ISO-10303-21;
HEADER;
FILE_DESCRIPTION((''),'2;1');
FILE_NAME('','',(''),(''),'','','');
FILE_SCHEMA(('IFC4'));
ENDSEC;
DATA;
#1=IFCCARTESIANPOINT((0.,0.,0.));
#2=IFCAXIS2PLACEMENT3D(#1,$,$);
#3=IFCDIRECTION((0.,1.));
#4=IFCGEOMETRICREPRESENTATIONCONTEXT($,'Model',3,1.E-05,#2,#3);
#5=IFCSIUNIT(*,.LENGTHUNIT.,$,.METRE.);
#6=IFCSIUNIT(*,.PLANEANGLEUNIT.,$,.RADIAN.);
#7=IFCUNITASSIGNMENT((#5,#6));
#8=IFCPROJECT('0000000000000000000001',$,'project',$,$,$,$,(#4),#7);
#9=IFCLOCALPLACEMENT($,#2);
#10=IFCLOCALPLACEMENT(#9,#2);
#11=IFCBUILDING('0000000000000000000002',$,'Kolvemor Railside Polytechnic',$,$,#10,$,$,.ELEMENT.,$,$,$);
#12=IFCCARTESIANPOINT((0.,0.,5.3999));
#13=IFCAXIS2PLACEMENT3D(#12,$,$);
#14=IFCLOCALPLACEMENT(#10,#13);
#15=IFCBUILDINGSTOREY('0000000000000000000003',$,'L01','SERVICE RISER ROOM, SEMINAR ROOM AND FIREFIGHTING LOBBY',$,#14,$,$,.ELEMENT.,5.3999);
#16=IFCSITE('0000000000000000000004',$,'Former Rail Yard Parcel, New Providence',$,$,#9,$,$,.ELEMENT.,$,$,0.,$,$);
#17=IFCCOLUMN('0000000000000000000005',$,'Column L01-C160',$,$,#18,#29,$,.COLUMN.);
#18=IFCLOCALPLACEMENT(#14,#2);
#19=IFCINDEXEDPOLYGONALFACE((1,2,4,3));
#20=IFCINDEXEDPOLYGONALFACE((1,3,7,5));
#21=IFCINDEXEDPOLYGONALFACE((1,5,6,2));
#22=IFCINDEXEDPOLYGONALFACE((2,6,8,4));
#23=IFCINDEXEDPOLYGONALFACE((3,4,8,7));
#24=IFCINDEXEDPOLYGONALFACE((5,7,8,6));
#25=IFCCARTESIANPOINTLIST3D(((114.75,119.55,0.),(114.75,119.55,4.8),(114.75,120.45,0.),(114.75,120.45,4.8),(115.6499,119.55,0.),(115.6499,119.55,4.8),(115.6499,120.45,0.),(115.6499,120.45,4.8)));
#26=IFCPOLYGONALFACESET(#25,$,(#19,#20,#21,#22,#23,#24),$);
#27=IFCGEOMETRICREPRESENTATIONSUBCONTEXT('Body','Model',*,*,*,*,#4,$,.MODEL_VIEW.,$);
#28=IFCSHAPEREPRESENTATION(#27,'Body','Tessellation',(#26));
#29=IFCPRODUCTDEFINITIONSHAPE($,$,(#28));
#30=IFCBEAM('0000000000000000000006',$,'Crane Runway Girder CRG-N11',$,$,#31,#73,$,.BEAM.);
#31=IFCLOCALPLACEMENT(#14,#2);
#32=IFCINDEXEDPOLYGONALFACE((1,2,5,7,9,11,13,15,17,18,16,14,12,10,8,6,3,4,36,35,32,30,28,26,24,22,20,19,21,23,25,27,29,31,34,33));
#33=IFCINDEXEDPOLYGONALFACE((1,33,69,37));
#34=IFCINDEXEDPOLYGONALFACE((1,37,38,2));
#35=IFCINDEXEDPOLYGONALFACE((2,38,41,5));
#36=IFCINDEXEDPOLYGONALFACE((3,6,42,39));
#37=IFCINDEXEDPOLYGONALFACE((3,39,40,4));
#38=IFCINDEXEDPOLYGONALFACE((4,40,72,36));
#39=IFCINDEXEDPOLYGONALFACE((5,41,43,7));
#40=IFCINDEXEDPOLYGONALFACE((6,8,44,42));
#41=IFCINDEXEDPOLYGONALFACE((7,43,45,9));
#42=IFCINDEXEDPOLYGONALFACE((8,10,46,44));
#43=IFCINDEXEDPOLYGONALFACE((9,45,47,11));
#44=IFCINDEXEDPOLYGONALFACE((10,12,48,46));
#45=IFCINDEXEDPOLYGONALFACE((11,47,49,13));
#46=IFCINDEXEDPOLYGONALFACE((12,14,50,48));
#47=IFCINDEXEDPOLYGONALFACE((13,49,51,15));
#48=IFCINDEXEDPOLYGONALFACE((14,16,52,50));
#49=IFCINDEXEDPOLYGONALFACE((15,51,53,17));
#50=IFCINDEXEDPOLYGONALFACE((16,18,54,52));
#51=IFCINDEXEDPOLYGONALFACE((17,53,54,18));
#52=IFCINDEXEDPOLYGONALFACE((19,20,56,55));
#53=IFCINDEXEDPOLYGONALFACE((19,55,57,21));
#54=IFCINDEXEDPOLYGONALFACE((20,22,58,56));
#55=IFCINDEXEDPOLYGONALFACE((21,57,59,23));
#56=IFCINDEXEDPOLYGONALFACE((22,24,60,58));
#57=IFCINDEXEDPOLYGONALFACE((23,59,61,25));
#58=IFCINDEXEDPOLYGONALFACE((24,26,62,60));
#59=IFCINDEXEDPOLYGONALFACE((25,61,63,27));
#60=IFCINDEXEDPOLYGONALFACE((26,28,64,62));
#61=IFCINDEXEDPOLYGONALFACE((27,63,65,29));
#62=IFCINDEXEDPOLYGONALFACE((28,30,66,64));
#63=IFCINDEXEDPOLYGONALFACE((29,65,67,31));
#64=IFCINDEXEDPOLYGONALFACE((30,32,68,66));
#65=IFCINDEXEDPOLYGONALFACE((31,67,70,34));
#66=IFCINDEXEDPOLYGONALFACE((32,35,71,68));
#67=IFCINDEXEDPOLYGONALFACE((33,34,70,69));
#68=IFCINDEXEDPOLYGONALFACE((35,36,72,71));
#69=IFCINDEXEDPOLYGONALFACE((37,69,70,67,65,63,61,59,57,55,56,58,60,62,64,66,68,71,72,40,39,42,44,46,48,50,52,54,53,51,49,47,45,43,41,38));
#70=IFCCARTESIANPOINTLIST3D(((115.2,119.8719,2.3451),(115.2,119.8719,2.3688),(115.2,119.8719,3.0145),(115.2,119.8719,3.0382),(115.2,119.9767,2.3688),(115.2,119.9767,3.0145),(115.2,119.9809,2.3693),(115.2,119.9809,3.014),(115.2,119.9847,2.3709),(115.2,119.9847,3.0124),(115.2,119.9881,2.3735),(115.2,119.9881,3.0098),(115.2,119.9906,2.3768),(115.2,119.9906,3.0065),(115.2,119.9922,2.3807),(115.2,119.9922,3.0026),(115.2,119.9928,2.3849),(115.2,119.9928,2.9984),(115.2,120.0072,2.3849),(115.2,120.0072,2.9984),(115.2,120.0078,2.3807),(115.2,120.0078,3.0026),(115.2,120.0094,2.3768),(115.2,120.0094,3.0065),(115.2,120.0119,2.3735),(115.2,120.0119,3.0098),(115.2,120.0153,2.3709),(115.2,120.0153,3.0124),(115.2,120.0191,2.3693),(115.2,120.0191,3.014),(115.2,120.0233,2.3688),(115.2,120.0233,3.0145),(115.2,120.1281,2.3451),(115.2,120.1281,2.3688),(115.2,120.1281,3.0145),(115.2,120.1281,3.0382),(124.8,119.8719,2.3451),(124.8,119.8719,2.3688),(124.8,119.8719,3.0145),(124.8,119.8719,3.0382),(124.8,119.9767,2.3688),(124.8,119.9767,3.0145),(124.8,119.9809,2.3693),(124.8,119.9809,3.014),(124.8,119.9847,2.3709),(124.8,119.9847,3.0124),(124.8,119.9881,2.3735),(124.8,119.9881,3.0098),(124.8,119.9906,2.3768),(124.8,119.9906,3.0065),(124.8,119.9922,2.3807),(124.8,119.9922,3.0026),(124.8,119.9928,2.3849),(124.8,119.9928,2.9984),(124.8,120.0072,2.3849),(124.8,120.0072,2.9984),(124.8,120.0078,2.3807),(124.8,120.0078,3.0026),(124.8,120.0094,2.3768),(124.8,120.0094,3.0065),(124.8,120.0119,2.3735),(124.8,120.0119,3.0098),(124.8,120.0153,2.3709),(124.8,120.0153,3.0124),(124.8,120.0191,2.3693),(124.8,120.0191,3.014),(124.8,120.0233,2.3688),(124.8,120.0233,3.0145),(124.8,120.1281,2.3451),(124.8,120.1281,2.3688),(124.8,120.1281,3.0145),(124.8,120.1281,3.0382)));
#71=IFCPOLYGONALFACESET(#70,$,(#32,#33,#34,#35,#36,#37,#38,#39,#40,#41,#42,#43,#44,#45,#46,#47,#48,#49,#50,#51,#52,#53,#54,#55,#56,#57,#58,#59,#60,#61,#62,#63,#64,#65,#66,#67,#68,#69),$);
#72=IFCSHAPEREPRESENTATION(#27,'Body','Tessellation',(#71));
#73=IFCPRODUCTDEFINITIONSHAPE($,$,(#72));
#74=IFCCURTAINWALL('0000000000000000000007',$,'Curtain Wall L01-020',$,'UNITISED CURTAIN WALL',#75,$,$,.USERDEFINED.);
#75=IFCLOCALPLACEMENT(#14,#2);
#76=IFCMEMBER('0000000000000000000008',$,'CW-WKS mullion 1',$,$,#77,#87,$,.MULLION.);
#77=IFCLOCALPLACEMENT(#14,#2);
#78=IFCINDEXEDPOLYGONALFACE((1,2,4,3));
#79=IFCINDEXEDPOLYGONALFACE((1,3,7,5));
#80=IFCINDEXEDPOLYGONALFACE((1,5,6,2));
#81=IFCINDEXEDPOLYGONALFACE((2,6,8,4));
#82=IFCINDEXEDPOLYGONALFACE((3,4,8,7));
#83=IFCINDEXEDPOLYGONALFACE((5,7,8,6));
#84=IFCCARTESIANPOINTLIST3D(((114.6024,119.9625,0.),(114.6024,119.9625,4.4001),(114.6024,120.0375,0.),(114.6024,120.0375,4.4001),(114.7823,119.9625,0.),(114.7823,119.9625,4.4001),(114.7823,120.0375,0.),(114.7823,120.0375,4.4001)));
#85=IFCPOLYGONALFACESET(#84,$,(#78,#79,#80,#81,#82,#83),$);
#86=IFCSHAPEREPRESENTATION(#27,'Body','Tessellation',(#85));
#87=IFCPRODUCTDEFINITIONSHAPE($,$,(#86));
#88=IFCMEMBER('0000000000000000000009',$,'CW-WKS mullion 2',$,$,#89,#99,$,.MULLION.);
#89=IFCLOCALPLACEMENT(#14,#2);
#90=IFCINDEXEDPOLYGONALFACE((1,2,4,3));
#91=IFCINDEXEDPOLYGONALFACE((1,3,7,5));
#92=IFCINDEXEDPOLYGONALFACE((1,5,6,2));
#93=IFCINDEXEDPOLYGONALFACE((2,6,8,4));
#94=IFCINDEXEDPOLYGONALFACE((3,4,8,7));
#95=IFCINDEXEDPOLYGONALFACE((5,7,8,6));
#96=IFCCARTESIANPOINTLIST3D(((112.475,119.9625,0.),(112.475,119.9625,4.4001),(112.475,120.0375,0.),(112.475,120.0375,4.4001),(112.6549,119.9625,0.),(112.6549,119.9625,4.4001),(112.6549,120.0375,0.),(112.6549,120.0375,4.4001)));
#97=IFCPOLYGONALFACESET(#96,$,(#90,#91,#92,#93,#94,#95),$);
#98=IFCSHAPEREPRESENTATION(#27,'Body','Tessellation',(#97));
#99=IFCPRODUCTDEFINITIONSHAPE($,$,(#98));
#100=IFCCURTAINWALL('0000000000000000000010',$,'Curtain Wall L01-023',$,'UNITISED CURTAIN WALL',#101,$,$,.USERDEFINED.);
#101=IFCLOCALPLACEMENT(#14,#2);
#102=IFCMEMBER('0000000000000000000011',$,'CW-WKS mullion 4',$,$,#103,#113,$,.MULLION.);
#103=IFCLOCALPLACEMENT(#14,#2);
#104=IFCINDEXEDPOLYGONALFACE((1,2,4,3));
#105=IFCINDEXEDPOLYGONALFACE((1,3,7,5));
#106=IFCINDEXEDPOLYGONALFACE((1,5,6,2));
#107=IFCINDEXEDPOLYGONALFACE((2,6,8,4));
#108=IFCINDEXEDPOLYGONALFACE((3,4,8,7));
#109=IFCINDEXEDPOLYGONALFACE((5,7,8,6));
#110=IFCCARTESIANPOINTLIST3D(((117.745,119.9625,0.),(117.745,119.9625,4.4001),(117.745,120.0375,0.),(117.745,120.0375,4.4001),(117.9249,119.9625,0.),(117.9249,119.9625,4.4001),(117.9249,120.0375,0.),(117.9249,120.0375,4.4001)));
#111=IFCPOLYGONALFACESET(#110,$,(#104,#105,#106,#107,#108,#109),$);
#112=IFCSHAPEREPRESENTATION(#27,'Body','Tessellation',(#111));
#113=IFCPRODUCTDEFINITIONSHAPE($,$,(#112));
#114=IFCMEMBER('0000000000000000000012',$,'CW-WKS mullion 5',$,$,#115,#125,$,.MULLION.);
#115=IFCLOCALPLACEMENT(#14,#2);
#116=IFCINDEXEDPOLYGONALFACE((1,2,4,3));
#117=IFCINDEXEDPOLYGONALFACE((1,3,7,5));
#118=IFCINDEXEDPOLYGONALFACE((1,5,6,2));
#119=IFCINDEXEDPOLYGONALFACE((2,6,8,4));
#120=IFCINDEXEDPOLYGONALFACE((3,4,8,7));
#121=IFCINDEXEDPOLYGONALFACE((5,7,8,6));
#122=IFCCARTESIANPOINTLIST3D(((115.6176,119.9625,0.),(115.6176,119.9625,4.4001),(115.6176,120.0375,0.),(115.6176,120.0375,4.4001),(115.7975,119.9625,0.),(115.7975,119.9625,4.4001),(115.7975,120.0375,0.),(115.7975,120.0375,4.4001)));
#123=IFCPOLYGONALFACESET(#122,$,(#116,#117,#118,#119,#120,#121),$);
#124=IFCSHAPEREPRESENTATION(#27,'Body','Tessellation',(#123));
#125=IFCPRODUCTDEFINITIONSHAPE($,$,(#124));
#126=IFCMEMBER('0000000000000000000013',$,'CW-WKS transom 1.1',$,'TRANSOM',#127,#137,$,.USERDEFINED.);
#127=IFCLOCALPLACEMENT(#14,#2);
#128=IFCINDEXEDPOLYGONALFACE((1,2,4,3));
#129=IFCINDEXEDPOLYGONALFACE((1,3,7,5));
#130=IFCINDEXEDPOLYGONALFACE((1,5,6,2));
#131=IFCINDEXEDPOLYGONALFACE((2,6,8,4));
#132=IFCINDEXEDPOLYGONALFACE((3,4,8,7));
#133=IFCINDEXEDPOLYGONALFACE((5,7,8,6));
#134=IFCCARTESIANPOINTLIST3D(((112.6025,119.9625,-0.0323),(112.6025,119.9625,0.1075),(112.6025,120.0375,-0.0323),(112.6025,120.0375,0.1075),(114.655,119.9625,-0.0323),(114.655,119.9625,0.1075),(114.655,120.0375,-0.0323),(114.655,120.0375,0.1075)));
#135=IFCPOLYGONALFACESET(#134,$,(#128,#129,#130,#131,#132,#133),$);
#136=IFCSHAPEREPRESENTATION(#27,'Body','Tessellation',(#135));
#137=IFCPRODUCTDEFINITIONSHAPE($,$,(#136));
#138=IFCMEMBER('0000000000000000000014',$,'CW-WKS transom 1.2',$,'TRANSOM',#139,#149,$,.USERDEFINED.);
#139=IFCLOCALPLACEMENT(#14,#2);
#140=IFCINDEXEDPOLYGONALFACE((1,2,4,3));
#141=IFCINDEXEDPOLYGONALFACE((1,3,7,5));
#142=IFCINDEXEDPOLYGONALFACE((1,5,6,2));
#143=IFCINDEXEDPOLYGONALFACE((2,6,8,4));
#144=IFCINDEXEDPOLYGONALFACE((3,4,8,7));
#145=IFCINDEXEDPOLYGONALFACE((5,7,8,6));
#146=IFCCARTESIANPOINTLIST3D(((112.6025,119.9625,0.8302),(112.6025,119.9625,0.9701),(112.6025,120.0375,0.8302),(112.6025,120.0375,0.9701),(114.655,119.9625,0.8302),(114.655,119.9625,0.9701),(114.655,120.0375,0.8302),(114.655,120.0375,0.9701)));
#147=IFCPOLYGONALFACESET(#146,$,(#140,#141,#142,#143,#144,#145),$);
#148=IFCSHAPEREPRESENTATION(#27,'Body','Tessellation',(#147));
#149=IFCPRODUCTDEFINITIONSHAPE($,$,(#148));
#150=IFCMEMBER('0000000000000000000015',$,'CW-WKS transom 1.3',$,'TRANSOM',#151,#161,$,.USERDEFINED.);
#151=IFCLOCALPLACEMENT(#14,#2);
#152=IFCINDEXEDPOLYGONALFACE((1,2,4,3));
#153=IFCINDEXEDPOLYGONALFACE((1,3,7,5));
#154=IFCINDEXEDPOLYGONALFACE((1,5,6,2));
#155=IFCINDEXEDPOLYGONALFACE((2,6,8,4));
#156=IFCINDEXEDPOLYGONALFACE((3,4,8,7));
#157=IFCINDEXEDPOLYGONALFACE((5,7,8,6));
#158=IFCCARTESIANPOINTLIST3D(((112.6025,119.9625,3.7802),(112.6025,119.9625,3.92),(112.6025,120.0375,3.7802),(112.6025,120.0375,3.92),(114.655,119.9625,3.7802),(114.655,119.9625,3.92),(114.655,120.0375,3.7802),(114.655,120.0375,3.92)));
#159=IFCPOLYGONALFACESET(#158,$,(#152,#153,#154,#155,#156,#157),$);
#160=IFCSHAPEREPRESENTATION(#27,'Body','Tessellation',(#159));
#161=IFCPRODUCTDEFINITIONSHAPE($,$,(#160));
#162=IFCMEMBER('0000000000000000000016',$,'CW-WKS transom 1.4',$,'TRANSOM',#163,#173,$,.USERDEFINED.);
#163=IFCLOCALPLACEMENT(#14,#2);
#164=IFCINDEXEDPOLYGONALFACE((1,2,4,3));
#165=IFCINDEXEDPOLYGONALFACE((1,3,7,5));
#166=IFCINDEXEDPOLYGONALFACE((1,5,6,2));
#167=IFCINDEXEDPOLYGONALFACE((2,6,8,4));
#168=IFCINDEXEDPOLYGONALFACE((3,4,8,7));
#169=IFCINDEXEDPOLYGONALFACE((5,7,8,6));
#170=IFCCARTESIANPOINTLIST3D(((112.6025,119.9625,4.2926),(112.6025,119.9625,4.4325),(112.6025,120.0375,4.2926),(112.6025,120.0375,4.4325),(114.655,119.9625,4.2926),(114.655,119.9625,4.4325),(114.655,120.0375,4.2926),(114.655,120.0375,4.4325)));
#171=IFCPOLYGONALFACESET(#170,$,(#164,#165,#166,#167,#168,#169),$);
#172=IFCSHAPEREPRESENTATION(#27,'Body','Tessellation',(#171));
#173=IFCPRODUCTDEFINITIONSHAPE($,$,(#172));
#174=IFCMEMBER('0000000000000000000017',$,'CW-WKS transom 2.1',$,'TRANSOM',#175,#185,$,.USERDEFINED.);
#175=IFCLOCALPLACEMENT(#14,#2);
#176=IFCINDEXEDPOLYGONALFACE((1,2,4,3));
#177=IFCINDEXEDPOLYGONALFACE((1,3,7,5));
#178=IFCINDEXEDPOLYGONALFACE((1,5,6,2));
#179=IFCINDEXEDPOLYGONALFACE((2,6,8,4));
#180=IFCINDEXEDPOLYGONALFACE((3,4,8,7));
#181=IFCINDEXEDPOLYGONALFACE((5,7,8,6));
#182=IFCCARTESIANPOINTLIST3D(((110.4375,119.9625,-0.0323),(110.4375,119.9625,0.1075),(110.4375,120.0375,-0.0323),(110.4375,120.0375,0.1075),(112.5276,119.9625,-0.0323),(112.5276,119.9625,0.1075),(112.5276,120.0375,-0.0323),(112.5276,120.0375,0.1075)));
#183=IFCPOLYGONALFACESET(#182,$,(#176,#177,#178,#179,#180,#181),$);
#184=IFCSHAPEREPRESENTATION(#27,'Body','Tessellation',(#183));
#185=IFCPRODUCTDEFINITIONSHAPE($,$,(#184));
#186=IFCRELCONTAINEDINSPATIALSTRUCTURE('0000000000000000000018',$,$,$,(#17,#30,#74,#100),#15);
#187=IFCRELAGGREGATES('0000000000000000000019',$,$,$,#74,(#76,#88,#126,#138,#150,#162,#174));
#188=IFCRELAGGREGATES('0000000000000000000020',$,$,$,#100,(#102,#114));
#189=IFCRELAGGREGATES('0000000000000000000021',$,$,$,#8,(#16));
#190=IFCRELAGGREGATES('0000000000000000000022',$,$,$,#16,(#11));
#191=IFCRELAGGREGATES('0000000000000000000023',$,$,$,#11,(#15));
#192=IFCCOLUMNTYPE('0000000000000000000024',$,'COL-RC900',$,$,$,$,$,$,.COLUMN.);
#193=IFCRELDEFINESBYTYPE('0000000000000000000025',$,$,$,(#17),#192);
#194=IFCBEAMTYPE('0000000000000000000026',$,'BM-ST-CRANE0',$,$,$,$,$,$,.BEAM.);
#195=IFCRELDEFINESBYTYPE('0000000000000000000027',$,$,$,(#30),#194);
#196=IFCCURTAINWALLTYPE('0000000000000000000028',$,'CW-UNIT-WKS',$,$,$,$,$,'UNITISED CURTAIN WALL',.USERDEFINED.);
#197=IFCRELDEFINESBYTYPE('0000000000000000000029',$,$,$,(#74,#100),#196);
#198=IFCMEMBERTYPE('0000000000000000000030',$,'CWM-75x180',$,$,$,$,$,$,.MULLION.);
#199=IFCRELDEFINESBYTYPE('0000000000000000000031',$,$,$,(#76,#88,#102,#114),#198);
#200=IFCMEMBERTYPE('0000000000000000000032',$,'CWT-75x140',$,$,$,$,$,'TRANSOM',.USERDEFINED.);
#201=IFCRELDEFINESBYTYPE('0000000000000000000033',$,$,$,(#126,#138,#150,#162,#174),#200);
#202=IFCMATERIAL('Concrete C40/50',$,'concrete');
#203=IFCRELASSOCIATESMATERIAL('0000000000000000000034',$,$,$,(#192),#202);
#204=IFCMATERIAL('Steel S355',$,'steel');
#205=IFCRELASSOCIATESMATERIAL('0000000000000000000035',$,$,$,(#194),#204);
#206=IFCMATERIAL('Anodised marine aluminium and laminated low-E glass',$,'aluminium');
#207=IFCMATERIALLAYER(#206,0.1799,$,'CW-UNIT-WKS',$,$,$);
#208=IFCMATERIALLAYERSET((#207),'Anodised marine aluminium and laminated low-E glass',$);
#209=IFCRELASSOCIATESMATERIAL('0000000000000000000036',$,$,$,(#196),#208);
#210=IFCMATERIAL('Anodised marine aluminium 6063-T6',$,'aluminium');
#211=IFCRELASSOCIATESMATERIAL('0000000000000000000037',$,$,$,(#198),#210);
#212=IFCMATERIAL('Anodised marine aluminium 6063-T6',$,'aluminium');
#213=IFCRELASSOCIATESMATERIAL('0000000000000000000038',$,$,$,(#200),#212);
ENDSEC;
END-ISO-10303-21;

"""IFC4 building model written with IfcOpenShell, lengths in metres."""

from ifc_helpers import new_model, si_unit, direction, frame, origin, origin_2d, place, context, subcontext, project, spatial, rectangle, i_section, extrude, material, layer, layer_set, material_profile, profile_set, type_object, element, aggregate, save


model = new_model("IFC4")

# Units and contexts
model_context = context("Model", 3, precision=1e-05, world=origin(), true_north=direction((0.0, 1.0)))
body_context = subcontext(model_context, "Body", "Model", "MODEL_VIEW")
ifc_project = project(units=[si_unit("LENGTHUNIT", "METRE"), si_unit("PLANEANGLEUNIT", "RADIAN")], contexts=[model_context])

# Site, building, storey
site_placement = place(None, origin())
site = spatial("IfcSite", under=ifc_project, at=site_placement, Name="Former Rail Yard Parcel, New Providence", CompositionType="ELEMENT", RefElevation=0.0)
building_placement = place(site_placement, origin())
building = spatial("IfcBuilding", under=site, at=building_placement, Name="Kolvemor Railside Polytechnic", CompositionType="ELEMENT")
storey_placement = place(building_placement, frame((0.0, 0.0, 5.3999)))
storey = spatial("IfcBuildingStorey", under=building, at=storey_placement, Name="L01", Description="SERVICE RISER ROOM, SEMINAR ROOM AND FIREFIGHTING LOBBY", CompositionType="ELEMENT", Elevation=5.3999)

# Column
ifc_material_1 = material(Name="Concrete C40/50", Category="concrete")
ifc_material_profile_1 = material_profile(ifc_material_1, rectangle(XDim=0.8999, YDim=0.8999, at=origin_2d()), Name="RC900x900")
ifc_profile_set_1 = profile_set([ifc_material_profile_1], Name="Concrete C40/50")
column_type = type_object("IfcColumnType", Name="COL-RC900", PredefinedType="COLUMN", material=ifc_profile_set_1)
column_placement = place(storey_placement, frame((115.2, 120.0, 0.0), z_axis=(0.0, 0.0, 1.0), x_axis=(1.0, 0.0, 0.0)))
element("IfcColumn", 1, at=column_placement, inside=storey, type_object=column_type, Name="Column L01-C160", PredefinedType="COLUMN", context=body_context, shape_type="SweptSolid", body=[
    extrude(rectangle(XDim=0.8999, YDim=0.8999, at=origin_2d()), origin(), (0.0, 0.0, 1.0), 4.8),
])

# Beam
ifc_material_2 = material(Name="Steel S355", Category="steel")
ifc_material_profile_2 = material_profile(ifc_material_2, i_section(OverallWidth=0.2561, OverallDepth=0.6931, WebThickness=0.0144, FlangeThickness=0.0237, FilletRadius=0.0161, at=origin_2d()), Name="W690x170")
ifc_profile_set_2 = profile_set([ifc_material_profile_2], Name="Steel S355")
beam_type = type_object("IfcBeamType", Name="BM-ST-CRANE0", PredefinedType="BEAM", material=ifc_profile_set_2)
beam_placement = place(storey_placement, frame((115.2, 120.0, 2.6917), z_axis=(1.0, 0.0, 0.0), x_axis=(0.0, 1.0, 0.0)))
element("IfcBeam", 2, at=beam_placement, inside=storey, type_object=beam_type, Name="Crane Runway Girder CRG-N11", PredefinedType="BEAM", context=body_context, shape_type="SweptSolid", body=[
    extrude(i_section(OverallWidth=0.2561, OverallDepth=0.6931, WebThickness=0.0144, FlangeThickness=0.0237, FilletRadius=0.0161, at=origin_2d()), origin(), (0.0, 0.0, 1.0), 9.6001),
])

# Curtain walls, members
ifc_material_3 = material(Name="Anodised marine aluminium and laminated low-E glass", Category="aluminium")
ifc_layer_1 = layer(ifc_material_3, 0.1799, Name="CW-UNIT-WKS")
ifc_layer_set_1 = layer_set([ifc_layer_1], Name="Anodised marine aluminium and laminated low-E glass")
curtain_wall_type = type_object("IfcCurtainWallType", Name="CW-UNIT-WKS", ElementType="UNITISED CURTAIN WALL", PredefinedType="USERDEFINED", material=ifc_layer_set_1)
curtain_wall_1_placement = place(storey_placement, origin())
curtain_wall_1 = element("IfcCurtainWall", 3, at=curtain_wall_1_placement, inside=storey, type_object=curtain_wall_type, Name="Curtain Wall L01-020", ObjectType="UNITISED CURTAIN WALL", PredefinedType="USERDEFINED")
ifc_material_4 = material(Name="Anodised marine aluminium 6063-T6", Category="aluminium")
ifc_material_profile_3 = material_profile(ifc_material_4, rectangle(XDim=0.075, YDim=0.1799, at=origin_2d()), Name="CW-MUL-75x180")
ifc_profile_set_3 = profile_set([ifc_material_profile_3], Name="Anodised marine aluminium 6063-T6")
member_type_1 = type_object("IfcMemberType", Name="CWM-75x180", PredefinedType="MULLION", material=ifc_profile_set_3)
member_1_placement = place(storey_placement, frame((114.6924, 120.0, 0.0), z_axis=(0.0, 0.0, 1.0), x_axis=(0.0, -1.0, 0.0)))
member_1 = element("IfcMember", 4, at=member_1_placement, type_object=member_type_1, Name="CW-WKS mullion 1", PredefinedType="MULLION", context=body_context, shape_type="SweptSolid", body=[
    extrude(rectangle(XDim=0.075, YDim=0.1799, at=origin_2d()), origin(), (0.0, 0.0, 1.0), 4.4001),
])
member_2_placement = place(storey_placement, frame((112.5649, 120.0, 0.0), z_axis=(0.0, 0.0, 1.0), x_axis=(0.0, -1.0, 0.0)))
member_2 = element("IfcMember", 5, at=member_2_placement, type_object=member_type_1, Name="CW-WKS mullion 2", PredefinedType="MULLION", context=body_context, shape_type="SweptSolid", body=[
    extrude(rectangle(XDim=0.075, YDim=0.1799, at=origin_2d()), origin(), (0.0, 0.0, 1.0), 4.4001),
])
curtain_wall_2_placement = place(storey_placement, origin())
curtain_wall_2 = element("IfcCurtainWall", 6, at=curtain_wall_2_placement, inside=storey, type_object=curtain_wall_type, Name="Curtain Wall L01-023", ObjectType="UNITISED CURTAIN WALL", PredefinedType="USERDEFINED")
member_3_placement = place(storey_placement, frame((117.835, 120.0, 0.0), z_axis=(0.0, 0.0, 1.0), x_axis=(0.0, -1.0, 0.0)))
member_3 = element("IfcMember", 7, at=member_3_placement, type_object=member_type_1, Name="CW-WKS mullion 4", PredefinedType="MULLION", context=body_context, shape_type="SweptSolid", body=[
    extrude(rectangle(XDim=0.075, YDim=0.1799, at=origin_2d()), origin(), (0.0, 0.0, 1.0), 4.4001),
])
member_4_placement = place(storey_placement, frame((115.7075, 120.0, 0.0), z_axis=(0.0, 0.0, 1.0), x_axis=(0.0, -1.0, 0.0)))
member_4 = element("IfcMember", 8, at=member_4_placement, type_object=member_type_1, Name="CW-WKS mullion 5", PredefinedType="MULLION", context=body_context, shape_type="SweptSolid", body=[
    extrude(rectangle(XDim=0.075, YDim=0.1799, at=origin_2d()), origin(), (0.0, 0.0, 1.0), 4.4001),
])

# Members
ifc_material_5 = material(Name="Anodised marine aluminium 6063-T6", Category="aluminium")
ifc_material_profile_4 = material_profile(ifc_material_5, rectangle(XDim=0.075, YDim=0.1399, at=origin_2d()), Name="CW-TRN-75x140")
ifc_profile_set_4 = profile_set([ifc_material_profile_4], Name="Anodised marine aluminium 6063-T6")
member_type_2 = type_object("IfcMemberType", Name="CWT-75x140", ElementType="TRANSOM", PredefinedType="USERDEFINED", material=ifc_profile_set_4)
member_5_placement = place(storey_placement, frame((114.655, 120.0, 0.0376), z_axis=(-1.0, 0.0, 0.0), x_axis=(0.0, -1.0, 0.0)))
member_5 = element("IfcMember", 9, at=member_5_placement, type_object=member_type_2, Name="CW-WKS transom 1.1", ObjectType="TRANSOM", PredefinedType="USERDEFINED", context=body_context, shape_type="SweptSolid", body=[
    extrude(rectangle(XDim=0.075, YDim=0.1399, at=origin_2d()), origin(), (0.0, 0.0, 1.0), 2.0525),
])
member_6_placement = place(storey_placement, frame((114.655, 120.0, 0.9001), z_axis=(-1.0, 0.0, 0.0), x_axis=(0.0, -1.0, 0.0)))
member_6 = element("IfcMember", 10, at=member_6_placement, type_object=member_type_2, Name="CW-WKS transom 1.2", ObjectType="TRANSOM", PredefinedType="USERDEFINED", context=body_context, shape_type="SweptSolid", body=[
    extrude(rectangle(XDim=0.075, YDim=0.1399, at=origin_2d()), origin(), (0.0, 0.0, 1.0), 2.0525),
])
member_7_placement = place(storey_placement, frame((114.655, 120.0, 3.8501), z_axis=(-1.0, 0.0, 0.0), x_axis=(0.0, -1.0, 0.0)))
member_7 = element("IfcMember", 11, at=member_7_placement, type_object=member_type_2, Name="CW-WKS transom 1.3", ObjectType="TRANSOM", PredefinedType="USERDEFINED", context=body_context, shape_type="SweptSolid", body=[
    extrude(rectangle(XDim=0.075, YDim=0.1399, at=origin_2d()), origin(), (0.0, 0.0, 1.0), 2.0525),
])
member_8_placement = place(storey_placement, frame((114.655, 120.0, 4.3625), z_axis=(-1.0, 0.0, 0.0), x_axis=(0.0, -1.0, 0.0)))
member_8 = element("IfcMember", 12, at=member_8_placement, type_object=member_type_2, Name="CW-WKS transom 1.4", ObjectType="TRANSOM", PredefinedType="USERDEFINED", context=body_context, shape_type="SweptSolid", body=[
    extrude(rectangle(XDim=0.075, YDim=0.1399, at=origin_2d()), origin(), (0.0, 0.0, 1.0), 2.0525),
])
member_9_placement = place(storey_placement, frame((112.5276, 120.0, 0.0376), z_axis=(-1.0, 0.0, 0.0), x_axis=(0.0, -1.0, 0.0)))
member_9 = element("IfcMember", 13, at=member_9_placement, type_object=member_type_2, Name="CW-WKS transom 2.1", ObjectType="TRANSOM", PredefinedType="USERDEFINED", context=body_context, shape_type="SweptSolid", body=[
    extrude(rectangle(XDim=0.075, YDim=0.1399, at=origin_2d()), origin(), (0.0, 0.0, 1.0), 2.0901),
])

aggregate(curtain_wall_1, [member_1, member_2, member_5, member_6, member_7, member_8, member_9])
aggregate(curtain_wall_2, [member_3, member_4])

save(model, "model.ifc")
